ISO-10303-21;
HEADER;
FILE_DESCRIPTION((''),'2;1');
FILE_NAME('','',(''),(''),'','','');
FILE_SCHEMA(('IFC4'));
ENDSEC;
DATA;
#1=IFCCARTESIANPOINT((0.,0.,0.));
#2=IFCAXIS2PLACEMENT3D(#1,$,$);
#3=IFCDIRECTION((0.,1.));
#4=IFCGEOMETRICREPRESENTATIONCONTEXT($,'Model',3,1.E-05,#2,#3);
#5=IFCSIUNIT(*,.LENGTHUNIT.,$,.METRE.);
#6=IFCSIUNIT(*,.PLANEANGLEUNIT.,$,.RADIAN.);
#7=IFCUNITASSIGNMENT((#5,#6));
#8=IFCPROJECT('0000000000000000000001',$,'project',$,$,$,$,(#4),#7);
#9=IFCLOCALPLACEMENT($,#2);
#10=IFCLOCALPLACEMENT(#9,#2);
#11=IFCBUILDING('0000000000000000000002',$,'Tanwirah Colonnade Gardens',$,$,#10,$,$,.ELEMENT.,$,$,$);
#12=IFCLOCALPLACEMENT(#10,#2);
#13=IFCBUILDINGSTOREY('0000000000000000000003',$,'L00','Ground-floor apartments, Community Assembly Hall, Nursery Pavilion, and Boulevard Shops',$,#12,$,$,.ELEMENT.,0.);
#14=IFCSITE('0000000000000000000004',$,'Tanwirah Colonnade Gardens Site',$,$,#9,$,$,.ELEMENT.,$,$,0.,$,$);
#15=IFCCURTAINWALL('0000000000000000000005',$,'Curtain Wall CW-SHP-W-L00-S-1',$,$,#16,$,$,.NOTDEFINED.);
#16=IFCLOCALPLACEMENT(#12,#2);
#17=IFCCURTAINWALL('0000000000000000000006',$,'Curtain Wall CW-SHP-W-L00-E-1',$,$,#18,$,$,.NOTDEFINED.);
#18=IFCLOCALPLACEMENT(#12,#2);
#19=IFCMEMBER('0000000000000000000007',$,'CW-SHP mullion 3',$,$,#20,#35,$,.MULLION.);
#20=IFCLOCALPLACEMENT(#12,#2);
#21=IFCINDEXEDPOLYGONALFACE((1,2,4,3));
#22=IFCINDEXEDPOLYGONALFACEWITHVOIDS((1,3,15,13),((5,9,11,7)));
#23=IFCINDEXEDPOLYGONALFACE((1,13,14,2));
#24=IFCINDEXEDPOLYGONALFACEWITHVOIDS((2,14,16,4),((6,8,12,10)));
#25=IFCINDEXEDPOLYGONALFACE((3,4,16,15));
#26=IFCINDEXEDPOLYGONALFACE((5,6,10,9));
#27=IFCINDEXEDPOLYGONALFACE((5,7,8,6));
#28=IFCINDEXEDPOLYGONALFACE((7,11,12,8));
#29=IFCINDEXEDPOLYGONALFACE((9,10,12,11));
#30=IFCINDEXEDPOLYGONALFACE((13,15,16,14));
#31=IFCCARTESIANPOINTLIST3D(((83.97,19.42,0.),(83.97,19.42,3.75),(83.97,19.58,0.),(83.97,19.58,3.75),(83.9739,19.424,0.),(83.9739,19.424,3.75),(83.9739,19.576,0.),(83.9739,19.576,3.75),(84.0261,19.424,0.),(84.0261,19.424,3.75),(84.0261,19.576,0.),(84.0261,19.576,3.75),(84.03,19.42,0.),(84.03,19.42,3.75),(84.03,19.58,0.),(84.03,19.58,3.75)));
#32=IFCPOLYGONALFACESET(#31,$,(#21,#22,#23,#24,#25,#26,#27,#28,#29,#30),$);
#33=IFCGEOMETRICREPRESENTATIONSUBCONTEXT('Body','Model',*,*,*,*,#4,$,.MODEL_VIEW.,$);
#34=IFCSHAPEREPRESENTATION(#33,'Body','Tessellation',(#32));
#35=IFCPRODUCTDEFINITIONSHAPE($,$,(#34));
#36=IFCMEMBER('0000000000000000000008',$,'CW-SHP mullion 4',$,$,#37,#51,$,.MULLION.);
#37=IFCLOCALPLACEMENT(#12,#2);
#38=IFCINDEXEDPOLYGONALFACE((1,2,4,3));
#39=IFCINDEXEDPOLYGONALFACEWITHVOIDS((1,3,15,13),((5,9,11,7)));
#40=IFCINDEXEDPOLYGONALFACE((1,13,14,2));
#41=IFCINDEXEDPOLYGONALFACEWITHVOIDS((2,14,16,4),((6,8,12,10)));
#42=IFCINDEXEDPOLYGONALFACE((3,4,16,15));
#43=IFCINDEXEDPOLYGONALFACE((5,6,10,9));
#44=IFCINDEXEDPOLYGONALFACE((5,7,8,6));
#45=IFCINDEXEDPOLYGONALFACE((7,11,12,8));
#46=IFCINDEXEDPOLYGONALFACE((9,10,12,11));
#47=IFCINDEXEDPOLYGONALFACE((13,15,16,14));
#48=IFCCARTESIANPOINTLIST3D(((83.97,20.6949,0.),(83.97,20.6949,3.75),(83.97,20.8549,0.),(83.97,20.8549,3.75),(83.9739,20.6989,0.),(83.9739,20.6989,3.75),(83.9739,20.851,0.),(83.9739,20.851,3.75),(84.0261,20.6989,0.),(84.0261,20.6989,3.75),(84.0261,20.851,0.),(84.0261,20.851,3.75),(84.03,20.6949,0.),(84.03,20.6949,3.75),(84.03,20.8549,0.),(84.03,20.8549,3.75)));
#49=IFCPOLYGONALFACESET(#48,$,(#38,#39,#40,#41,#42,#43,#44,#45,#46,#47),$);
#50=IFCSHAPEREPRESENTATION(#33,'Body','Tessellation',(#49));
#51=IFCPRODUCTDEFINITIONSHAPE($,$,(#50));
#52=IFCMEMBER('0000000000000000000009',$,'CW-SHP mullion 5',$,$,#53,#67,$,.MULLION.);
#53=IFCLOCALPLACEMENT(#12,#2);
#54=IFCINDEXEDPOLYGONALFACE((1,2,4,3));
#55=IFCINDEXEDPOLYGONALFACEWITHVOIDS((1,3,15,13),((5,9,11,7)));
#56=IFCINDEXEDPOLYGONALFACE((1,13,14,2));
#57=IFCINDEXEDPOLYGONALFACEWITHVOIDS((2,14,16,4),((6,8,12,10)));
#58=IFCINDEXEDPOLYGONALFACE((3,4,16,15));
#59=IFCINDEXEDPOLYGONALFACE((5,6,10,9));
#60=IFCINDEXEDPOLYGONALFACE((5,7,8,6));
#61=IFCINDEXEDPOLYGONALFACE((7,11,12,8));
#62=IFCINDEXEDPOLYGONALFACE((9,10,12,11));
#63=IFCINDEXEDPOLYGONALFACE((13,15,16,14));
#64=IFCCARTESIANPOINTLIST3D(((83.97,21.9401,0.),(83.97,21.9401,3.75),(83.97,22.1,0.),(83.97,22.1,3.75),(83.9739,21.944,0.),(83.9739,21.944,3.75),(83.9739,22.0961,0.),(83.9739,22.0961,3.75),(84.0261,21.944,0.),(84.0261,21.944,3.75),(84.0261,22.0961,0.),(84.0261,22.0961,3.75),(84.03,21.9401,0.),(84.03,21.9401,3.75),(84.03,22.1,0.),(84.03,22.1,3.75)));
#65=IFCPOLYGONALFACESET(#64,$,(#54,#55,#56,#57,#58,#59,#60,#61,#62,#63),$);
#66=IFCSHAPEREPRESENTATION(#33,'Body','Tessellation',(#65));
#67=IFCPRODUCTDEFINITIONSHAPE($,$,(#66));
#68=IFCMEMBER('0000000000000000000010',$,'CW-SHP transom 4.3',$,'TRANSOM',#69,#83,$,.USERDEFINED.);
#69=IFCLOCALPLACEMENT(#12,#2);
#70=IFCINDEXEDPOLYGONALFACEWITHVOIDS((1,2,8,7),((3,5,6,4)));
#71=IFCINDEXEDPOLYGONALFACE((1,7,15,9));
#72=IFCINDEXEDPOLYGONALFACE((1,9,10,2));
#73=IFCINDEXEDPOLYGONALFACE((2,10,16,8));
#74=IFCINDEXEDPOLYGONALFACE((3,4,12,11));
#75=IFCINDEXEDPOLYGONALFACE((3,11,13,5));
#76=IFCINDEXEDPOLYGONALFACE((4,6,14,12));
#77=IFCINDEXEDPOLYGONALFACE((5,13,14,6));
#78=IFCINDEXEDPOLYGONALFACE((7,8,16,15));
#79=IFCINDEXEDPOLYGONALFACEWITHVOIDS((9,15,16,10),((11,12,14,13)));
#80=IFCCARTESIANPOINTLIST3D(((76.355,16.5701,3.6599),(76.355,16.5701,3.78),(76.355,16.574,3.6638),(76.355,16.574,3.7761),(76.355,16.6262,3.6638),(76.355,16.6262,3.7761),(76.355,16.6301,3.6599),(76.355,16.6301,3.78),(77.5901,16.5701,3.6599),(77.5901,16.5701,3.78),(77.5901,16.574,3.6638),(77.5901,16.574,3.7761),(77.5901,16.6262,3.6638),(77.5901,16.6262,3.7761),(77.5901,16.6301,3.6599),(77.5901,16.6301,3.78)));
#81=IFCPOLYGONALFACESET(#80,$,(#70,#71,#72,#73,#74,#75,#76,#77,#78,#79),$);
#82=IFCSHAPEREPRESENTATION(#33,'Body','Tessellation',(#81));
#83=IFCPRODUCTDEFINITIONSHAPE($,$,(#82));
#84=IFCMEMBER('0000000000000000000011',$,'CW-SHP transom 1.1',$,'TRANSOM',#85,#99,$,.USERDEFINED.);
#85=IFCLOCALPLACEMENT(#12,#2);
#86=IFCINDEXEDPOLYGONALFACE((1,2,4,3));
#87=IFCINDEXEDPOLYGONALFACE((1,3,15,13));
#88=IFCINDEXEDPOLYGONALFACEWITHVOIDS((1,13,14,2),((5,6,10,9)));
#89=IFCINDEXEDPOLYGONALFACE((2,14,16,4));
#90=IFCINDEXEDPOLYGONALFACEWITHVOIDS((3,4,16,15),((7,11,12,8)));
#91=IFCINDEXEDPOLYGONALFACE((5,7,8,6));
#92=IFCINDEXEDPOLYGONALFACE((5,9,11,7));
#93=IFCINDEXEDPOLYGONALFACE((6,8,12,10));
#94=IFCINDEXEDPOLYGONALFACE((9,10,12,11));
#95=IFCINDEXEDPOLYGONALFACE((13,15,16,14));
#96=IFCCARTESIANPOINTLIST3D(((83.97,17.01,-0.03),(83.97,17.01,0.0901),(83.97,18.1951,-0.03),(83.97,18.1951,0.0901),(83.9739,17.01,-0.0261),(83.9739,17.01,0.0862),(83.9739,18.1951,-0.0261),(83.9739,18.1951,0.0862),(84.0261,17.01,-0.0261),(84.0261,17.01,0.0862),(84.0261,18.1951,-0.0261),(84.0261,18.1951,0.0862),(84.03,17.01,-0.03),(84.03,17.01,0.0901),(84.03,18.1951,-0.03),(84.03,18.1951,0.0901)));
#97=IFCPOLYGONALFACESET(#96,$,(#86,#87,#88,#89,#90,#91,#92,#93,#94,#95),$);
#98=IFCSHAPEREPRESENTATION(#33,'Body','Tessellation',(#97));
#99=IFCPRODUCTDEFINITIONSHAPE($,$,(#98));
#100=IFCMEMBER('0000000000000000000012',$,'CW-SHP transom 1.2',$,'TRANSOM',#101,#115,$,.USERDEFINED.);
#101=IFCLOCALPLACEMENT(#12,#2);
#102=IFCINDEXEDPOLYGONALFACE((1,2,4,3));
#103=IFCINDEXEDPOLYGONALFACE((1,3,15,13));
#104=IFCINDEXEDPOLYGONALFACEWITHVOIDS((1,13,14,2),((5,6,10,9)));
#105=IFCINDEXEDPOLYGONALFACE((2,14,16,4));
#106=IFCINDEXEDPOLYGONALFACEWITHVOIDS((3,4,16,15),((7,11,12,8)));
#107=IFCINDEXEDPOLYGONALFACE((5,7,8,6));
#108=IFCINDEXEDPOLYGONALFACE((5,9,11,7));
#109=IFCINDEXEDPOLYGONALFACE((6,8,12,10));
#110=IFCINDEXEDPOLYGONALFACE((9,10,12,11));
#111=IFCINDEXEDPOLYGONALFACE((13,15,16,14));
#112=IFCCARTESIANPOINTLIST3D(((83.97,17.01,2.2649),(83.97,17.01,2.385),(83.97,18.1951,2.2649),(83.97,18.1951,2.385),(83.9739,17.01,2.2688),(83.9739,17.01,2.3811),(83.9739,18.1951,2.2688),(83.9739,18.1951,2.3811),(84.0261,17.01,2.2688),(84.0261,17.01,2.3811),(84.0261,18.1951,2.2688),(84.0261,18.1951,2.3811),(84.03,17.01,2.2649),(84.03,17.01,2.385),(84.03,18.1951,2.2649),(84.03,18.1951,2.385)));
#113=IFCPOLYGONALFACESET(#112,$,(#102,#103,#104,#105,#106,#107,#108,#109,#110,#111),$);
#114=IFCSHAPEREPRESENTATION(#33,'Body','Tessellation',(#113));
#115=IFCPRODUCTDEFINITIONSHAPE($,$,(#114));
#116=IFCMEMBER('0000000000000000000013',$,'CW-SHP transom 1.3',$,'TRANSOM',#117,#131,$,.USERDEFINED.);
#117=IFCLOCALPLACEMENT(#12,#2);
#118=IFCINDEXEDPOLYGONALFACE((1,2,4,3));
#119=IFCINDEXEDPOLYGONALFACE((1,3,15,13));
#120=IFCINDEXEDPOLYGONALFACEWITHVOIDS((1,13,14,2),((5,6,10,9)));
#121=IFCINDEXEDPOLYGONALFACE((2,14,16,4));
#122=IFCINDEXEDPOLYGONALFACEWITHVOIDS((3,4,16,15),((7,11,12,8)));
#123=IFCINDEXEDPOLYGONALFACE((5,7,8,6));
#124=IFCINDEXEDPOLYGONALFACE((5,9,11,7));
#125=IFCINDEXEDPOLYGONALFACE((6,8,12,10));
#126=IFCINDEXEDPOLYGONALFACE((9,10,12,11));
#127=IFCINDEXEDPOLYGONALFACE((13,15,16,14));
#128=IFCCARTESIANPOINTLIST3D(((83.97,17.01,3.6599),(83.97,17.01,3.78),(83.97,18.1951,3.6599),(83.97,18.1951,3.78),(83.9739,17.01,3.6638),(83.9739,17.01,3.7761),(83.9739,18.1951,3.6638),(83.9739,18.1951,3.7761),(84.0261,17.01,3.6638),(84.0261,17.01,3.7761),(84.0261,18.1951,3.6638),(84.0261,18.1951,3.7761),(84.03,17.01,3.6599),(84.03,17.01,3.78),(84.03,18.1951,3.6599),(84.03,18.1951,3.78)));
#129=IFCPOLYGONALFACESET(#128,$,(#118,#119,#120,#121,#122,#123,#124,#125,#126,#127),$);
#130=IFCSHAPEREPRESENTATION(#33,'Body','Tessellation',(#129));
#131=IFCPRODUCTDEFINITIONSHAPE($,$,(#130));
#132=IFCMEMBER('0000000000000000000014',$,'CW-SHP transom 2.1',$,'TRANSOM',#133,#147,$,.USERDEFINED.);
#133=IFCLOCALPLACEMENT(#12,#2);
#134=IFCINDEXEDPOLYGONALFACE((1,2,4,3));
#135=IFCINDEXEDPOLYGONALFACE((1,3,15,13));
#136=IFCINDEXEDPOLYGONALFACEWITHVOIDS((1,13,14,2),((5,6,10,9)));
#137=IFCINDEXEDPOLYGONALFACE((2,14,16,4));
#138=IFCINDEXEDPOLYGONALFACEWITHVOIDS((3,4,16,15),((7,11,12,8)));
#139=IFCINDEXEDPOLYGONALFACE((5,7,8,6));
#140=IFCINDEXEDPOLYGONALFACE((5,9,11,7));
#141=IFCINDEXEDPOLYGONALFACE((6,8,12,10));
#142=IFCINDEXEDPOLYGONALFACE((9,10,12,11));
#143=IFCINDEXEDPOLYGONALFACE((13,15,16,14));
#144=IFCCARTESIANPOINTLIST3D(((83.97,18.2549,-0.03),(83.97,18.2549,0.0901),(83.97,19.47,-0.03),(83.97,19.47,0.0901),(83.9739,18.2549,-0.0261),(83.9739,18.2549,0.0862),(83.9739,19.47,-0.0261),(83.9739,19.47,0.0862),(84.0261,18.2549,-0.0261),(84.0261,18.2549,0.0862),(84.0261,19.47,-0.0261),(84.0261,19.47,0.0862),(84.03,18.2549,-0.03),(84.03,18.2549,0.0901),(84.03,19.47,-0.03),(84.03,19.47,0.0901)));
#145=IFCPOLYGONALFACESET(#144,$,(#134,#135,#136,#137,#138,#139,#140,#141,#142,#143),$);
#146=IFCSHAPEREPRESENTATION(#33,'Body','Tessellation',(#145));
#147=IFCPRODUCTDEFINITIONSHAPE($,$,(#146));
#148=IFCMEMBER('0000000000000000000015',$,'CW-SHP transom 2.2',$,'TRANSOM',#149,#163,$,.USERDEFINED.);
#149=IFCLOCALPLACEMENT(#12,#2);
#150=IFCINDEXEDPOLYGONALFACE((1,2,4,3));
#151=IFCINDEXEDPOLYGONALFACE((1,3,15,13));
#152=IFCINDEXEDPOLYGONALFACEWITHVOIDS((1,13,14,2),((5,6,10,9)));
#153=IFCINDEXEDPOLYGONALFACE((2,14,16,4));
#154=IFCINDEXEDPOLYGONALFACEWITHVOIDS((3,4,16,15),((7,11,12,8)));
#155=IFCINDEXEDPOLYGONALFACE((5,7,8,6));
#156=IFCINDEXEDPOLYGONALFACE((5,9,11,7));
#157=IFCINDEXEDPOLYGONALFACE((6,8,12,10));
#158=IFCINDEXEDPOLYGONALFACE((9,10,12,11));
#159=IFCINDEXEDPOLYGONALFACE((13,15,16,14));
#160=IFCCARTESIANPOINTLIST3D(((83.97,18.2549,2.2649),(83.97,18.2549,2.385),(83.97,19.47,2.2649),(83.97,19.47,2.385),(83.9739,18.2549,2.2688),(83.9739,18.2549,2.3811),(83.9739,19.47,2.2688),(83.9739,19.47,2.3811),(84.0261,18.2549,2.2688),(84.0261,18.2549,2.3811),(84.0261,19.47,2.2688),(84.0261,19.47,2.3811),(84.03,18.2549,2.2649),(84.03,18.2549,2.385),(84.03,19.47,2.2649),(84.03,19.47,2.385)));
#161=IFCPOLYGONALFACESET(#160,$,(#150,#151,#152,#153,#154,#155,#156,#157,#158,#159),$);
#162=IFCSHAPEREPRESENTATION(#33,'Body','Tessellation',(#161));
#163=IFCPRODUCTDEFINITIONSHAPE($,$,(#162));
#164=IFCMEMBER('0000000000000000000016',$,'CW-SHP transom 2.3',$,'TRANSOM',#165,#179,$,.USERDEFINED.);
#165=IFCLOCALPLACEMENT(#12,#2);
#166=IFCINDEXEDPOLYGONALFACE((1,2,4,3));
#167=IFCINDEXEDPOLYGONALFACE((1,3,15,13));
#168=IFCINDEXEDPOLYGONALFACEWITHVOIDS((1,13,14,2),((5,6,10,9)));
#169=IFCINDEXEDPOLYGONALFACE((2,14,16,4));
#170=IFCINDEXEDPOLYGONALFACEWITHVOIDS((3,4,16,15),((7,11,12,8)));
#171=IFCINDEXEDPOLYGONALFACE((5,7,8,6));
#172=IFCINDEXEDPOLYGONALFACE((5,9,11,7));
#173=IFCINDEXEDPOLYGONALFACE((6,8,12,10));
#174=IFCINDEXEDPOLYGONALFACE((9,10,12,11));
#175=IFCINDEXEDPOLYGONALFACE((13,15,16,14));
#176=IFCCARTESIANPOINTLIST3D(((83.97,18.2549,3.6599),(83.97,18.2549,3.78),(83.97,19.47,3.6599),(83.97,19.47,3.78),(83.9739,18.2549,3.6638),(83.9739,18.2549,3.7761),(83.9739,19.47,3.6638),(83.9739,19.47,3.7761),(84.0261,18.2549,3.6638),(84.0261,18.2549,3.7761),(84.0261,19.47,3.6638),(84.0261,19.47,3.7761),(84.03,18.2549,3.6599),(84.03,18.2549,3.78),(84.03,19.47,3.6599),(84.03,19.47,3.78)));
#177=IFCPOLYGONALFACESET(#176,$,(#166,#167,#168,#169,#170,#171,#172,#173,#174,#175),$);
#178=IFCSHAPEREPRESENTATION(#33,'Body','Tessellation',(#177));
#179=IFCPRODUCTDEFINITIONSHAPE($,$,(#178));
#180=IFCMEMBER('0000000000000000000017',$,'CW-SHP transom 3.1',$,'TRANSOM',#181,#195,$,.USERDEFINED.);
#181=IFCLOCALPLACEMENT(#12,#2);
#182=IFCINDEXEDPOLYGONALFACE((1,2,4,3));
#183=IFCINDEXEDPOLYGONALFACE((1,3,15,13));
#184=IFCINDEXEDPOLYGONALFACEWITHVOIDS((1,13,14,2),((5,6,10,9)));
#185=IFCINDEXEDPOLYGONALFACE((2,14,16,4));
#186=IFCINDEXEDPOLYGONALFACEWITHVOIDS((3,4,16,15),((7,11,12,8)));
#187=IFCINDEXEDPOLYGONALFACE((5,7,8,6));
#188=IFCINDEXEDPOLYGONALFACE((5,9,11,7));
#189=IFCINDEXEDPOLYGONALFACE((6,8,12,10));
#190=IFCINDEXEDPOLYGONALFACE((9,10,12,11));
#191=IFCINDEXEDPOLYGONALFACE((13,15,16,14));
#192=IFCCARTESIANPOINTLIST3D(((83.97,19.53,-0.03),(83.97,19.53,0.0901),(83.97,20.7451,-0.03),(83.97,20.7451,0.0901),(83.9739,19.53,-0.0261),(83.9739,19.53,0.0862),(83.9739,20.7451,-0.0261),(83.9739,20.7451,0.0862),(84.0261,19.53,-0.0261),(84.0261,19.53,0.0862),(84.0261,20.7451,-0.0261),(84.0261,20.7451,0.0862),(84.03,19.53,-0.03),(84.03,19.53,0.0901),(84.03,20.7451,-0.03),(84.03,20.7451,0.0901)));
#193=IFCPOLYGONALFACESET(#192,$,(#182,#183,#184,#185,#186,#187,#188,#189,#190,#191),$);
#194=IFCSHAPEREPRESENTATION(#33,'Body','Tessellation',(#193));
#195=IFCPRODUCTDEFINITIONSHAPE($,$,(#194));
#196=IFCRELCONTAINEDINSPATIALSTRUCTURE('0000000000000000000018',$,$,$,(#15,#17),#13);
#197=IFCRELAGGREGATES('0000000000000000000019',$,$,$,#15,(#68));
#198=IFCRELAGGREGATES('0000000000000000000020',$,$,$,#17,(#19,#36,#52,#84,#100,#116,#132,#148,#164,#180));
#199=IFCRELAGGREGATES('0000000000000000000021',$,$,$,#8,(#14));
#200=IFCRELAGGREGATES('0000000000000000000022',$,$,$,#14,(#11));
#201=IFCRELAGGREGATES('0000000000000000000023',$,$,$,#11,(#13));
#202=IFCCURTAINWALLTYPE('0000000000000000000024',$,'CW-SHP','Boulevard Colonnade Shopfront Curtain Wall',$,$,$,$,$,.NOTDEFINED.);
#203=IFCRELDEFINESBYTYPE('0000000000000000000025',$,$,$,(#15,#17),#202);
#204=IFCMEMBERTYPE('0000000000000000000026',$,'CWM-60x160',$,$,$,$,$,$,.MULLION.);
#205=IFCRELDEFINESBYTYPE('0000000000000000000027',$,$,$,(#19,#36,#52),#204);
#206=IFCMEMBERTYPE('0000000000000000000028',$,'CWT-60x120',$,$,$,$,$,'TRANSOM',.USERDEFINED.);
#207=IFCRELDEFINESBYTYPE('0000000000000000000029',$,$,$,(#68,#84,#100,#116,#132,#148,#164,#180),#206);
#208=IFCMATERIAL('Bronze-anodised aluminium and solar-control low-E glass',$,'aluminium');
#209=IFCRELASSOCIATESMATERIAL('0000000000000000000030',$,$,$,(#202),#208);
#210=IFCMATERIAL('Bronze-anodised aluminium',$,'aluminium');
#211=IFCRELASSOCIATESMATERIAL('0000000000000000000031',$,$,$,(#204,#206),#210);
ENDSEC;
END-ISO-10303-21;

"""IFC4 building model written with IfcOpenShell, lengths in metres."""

from ifc_helpers import new_model, si_unit, direction, frame, origin, origin_2d, place, context, subcontext, project, spatial, hollow_rectangle, extrude, material, material_profile, profile_set, type_object, element, aggregate, save


model = new_model("IFC4")

# Units and contexts
model_context = context("Model", 3, precision=1e-05, world=origin(), true_north=direction((0.0, 1.0)))
body_context = subcontext(model_context, "Body", "Model", "MODEL_VIEW")
ifc_project = project(units=[si_unit("LENGTHUNIT", "METRE"), si_unit("PLANEANGLEUNIT", "RADIAN")], contexts=[model_context])

# Site, building, storey
site_placement = place(None, origin())
site = spatial("IfcSite", under=ifc_project, at=site_placement, Name="Tanwirah Colonnade Gardens Site", CompositionType="ELEMENT", RefElevation=0.0)
building_placement = place(site_placement, origin())
building = spatial("IfcBuilding", under=site, at=building_placement, Name="Tanwirah Colonnade Gardens", CompositionType="ELEMENT")
storey_placement = place(building_placement, origin())
storey = spatial("IfcBuildingStorey", under=building, at=storey_placement, Name="L00", Description="Ground-floor apartments, Community Assembly Hall, Nursery Pavilion, and Boulevard Shops", CompositionType="ELEMENT", Elevation=0.0)

# Curtain wall
ifc_material_1 = material(Name="Bronze-anodised aluminium and solar-control low-E glass", Category="aluminium")
curtain_wall_type = type_object("IfcCurtainWallType", Name="CW-SHP", Description="Boulevard Colonnade Shopfront Curtain Wall", PredefinedType="NOTDEFINED", material=ifc_material_1)
curtain_wall_1_placement = place(storey_placement, origin())
curtain_wall_1 = element("IfcCurtainWall", 1, at=curtain_wall_1_placement, inside=storey, type_object=curtain_wall_type, Name="Curtain Wall CW-SHP-W-L00-S-1", PredefinedType="NOTDEFINED")
ifc_material_2 = material(Name="Bronze-anodised aluminium", Category="aluminium")
ifc_material_profile_1 = material_profile(ifc_material_2, hollow_rectangle(XDim=0.0601, YDim=0.1599, WallThickness=0.0039, at=origin_2d()), Name="CW-MUL 60x160x4")
ifc_profile_set_1 = profile_set([ifc_material_profile_1], Name="Bronze-anodised aluminium")
member_type_1 = type_object("IfcMemberType", Name="CWM-60x160", PredefinedType="MULLION", material=ifc_profile_set_1)

# Curtain wall, members
curtain_wall_2_placement = place(storey_placement, origin())
curtain_wall_2 = element("IfcCurtainWall", 2, at=curtain_wall_2_placement, inside=storey, type_object=curtain_wall_type, Name="Curtain Wall CW-SHP-W-L00-E-1", PredefinedType="NOTDEFINED")
member_1_placement = place(storey_placement, frame((84.0, 19.5, 0.0), z_axis=(0.0, 0.0, 1.0), x_axis=(-1.0, 0.0, 0.0)))
member_1 = element("IfcMember", 3, at=member_1_placement, type_object=member_type_1, Name="CW-SHP mullion 3", PredefinedType="MULLION", context=body_context, shape_type="SweptSolid", body=[
    extrude(hollow_rectangle(XDim=0.0601, YDim=0.1599, WallThickness=0.0039, at=origin_2d()), origin(), (0.0, 0.0, 1.0), 3.75),
])
member_2_placement = place(storey_placement, frame((84.0, 20.7749, 0.0), z_axis=(0.0, 0.0, 1.0), x_axis=(-1.0, 0.0, 0.0)))
member_2 = element("IfcMember", 4, at=member_2_placement, type_object=member_type_1, Name="CW-SHP mullion 4", PredefinedType="MULLION", context=body_context, shape_type="SweptSolid", body=[
    extrude(hollow_rectangle(XDim=0.0601, YDim=0.1599, WallThickness=0.0039, at=origin_2d()), origin(), (0.0, 0.0, 1.0), 3.75),
])
member_3_placement = place(storey_placement, frame((84.0, 22.02, 0.0), z_axis=(0.0, 0.0, 1.0), x_axis=(-1.0, 0.0, 0.0)))
member_3 = element("IfcMember", 5, at=member_3_placement, type_object=member_type_1, Name="CW-SHP mullion 5", PredefinedType="MULLION", context=body_context, shape_type="SweptSolid", body=[
    extrude(hollow_rectangle(XDim=0.0601, YDim=0.1599, WallThickness=0.0039, at=origin_2d()), origin(), (0.0, 0.0, 1.0), 3.75),
])

# Members
ifc_material_profile_2 = material_profile(ifc_material_2, hollow_rectangle(XDim=0.0601, YDim=0.1201, WallThickness=0.0039, at=origin_2d()), Name="CW-TRN 60x120x4")
ifc_profile_set_2 = profile_set([ifc_material_profile_2], Name="Bronze-anodised aluminium")
member_type_2 = type_object("IfcMemberType", Name="CWT-60x120", ElementType="TRANSOM", PredefinedType="USERDEFINED", material=ifc_profile_set_2)
member_4_placement = place(storey_placement, frame((76.355, 16.6001, 3.72), z_axis=(1.0, 0.0, 0.0), x_axis=(0.0, 1.0, 0.0)))
member_4 = element("IfcMember", 6, at=member_4_placement, type_object=member_type_2, Name="CW-SHP transom 4.3", ObjectType="TRANSOM", PredefinedType="USERDEFINED", context=body_context, shape_type="SweptSolid", body=[
    extrude(hollow_rectangle(XDim=0.0601, YDim=0.1201, WallThickness=0.0039, at=origin_2d()), origin(), (0.0, 0.0, 1.0), 1.2351),
])
member_5_placement = place(storey_placement, frame((84.0, 17.01, 0.03), z_axis=(0.0, 1.0, 0.0), x_axis=(-1.0, 0.0, 0.0)))
member_5 = element("IfcMember", 7, at=member_5_placement, type_object=member_type_2, Name="CW-SHP transom 1.1", ObjectType="TRANSOM", PredefinedType="USERDEFINED", context=body_context, shape_type="SweptSolid", body=[
    extrude(hollow_rectangle(XDim=0.0601, YDim=0.1201, WallThickness=0.0039, at=origin_2d()), origin(), (0.0, 0.0, 1.0), 1.1851),
])
member_6_placement = place(storey_placement, frame((84.0, 17.01, 2.325), z_axis=(0.0, 1.0, 0.0), x_axis=(-1.0, 0.0, 0.0)))
member_6 = element("IfcMember", 8, at=member_6_placement, type_object=member_type_2, Name="CW-SHP transom 1.2", ObjectType="TRANSOM", PredefinedType="USERDEFINED", context=body_context, shape_type="SweptSolid", body=[
    extrude(hollow_rectangle(XDim=0.0601, YDim=0.1201, WallThickness=0.0039, at=origin_2d()), origin(), (0.0, 0.0, 1.0), 1.1851),
])
member_7_placement = place(storey_placement, frame((84.0, 17.01, 3.72), z_axis=(0.0, 1.0, 0.0), x_axis=(-1.0, 0.0, 0.0)))
member_7 = element("IfcMember", 9, at=member_7_placement, type_object=member_type_2, Name="CW-SHP transom 1.3", ObjectType="TRANSOM", PredefinedType="USERDEFINED", context=body_context, shape_type="SweptSolid", body=[
    extrude(hollow_rectangle(XDim=0.0601, YDim=0.1201, WallThickness=0.0039, at=origin_2d()), origin(), (0.0, 0.0, 1.0), 1.1851),
])
member_8_placement = place(storey_placement, frame((84.0, 18.2549, 0.03), z_axis=(0.0, 1.0, 0.0), x_axis=(-1.0, 0.0, 0.0)))
member_8 = element("IfcMember", 10, at=member_8_placement, type_object=member_type_2, Name="CW-SHP transom 2.1", ObjectType="TRANSOM", PredefinedType="USERDEFINED", context=body_context, shape_type="SweptSolid", body=[
    extrude(hollow_rectangle(XDim=0.0601, YDim=0.1201, WallThickness=0.0039, at=origin_2d()), origin(), (0.0, 0.0, 1.0), 1.2151),
])
member_9_placement = place(storey_placement, frame((84.0, 18.2549, 2.325), z_axis=(0.0, 1.0, 0.0), x_axis=(-1.0, 0.0, 0.0)))
member_9 = element("IfcMember", 11, at=member_9_placement, type_object=member_type_2, Name="CW-SHP transom 2.2", ObjectType="TRANSOM", PredefinedType="USERDEFINED", context=body_context, shape_type="SweptSolid", body=[
    extrude(hollow_rectangle(XDim=0.0601, YDim=0.1201, WallThickness=0.0039, at=origin_2d()), origin(), (0.0, 0.0, 1.0), 1.2151),
])
member_10_placement = place(storey_placement, frame((84.0, 18.2549, 3.72), z_axis=(0.0, 1.0, 0.0), x_axis=(-1.0, 0.0, 0.0)))
member_10 = element("IfcMember", 12, at=member_10_placement, type_object=member_type_2, Name="CW-SHP transom 2.3", ObjectType="TRANSOM", PredefinedType="USERDEFINED", context=body_context, shape_type="SweptSolid", body=[
    extrude(hollow_rectangle(XDim=0.0601, YDim=0.1201, WallThickness=0.0039, at=origin_2d()), origin(), (0.0, 0.0, 1.0), 1.2151),
])
member_11_placement = place(storey_placement, frame((84.0, 19.53, 0.03), z_axis=(0.0, 1.0, 0.0), x_axis=(-1.0, 0.0, 0.0)))
member_11 = element("IfcMember", 13, at=member_11_placement, type_object=member_type_2, Name="CW-SHP transom 3.1", ObjectType="TRANSOM", PredefinedType="USERDEFINED", context=body_context, shape_type="SweptSolid", body=[
    extrude(hollow_rectangle(XDim=0.0601, YDim=0.1201, WallThickness=0.0039, at=origin_2d()), origin(), (0.0, 0.0, 1.0), 1.2151),
])

aggregate(curtain_wall_1, [member_4])
aggregate(curtain_wall_2, [member_1, member_2, member_3, member_5, member_6, member_7, member_8, member_9, member_10, member_11])

save(model, "model.ifc")
